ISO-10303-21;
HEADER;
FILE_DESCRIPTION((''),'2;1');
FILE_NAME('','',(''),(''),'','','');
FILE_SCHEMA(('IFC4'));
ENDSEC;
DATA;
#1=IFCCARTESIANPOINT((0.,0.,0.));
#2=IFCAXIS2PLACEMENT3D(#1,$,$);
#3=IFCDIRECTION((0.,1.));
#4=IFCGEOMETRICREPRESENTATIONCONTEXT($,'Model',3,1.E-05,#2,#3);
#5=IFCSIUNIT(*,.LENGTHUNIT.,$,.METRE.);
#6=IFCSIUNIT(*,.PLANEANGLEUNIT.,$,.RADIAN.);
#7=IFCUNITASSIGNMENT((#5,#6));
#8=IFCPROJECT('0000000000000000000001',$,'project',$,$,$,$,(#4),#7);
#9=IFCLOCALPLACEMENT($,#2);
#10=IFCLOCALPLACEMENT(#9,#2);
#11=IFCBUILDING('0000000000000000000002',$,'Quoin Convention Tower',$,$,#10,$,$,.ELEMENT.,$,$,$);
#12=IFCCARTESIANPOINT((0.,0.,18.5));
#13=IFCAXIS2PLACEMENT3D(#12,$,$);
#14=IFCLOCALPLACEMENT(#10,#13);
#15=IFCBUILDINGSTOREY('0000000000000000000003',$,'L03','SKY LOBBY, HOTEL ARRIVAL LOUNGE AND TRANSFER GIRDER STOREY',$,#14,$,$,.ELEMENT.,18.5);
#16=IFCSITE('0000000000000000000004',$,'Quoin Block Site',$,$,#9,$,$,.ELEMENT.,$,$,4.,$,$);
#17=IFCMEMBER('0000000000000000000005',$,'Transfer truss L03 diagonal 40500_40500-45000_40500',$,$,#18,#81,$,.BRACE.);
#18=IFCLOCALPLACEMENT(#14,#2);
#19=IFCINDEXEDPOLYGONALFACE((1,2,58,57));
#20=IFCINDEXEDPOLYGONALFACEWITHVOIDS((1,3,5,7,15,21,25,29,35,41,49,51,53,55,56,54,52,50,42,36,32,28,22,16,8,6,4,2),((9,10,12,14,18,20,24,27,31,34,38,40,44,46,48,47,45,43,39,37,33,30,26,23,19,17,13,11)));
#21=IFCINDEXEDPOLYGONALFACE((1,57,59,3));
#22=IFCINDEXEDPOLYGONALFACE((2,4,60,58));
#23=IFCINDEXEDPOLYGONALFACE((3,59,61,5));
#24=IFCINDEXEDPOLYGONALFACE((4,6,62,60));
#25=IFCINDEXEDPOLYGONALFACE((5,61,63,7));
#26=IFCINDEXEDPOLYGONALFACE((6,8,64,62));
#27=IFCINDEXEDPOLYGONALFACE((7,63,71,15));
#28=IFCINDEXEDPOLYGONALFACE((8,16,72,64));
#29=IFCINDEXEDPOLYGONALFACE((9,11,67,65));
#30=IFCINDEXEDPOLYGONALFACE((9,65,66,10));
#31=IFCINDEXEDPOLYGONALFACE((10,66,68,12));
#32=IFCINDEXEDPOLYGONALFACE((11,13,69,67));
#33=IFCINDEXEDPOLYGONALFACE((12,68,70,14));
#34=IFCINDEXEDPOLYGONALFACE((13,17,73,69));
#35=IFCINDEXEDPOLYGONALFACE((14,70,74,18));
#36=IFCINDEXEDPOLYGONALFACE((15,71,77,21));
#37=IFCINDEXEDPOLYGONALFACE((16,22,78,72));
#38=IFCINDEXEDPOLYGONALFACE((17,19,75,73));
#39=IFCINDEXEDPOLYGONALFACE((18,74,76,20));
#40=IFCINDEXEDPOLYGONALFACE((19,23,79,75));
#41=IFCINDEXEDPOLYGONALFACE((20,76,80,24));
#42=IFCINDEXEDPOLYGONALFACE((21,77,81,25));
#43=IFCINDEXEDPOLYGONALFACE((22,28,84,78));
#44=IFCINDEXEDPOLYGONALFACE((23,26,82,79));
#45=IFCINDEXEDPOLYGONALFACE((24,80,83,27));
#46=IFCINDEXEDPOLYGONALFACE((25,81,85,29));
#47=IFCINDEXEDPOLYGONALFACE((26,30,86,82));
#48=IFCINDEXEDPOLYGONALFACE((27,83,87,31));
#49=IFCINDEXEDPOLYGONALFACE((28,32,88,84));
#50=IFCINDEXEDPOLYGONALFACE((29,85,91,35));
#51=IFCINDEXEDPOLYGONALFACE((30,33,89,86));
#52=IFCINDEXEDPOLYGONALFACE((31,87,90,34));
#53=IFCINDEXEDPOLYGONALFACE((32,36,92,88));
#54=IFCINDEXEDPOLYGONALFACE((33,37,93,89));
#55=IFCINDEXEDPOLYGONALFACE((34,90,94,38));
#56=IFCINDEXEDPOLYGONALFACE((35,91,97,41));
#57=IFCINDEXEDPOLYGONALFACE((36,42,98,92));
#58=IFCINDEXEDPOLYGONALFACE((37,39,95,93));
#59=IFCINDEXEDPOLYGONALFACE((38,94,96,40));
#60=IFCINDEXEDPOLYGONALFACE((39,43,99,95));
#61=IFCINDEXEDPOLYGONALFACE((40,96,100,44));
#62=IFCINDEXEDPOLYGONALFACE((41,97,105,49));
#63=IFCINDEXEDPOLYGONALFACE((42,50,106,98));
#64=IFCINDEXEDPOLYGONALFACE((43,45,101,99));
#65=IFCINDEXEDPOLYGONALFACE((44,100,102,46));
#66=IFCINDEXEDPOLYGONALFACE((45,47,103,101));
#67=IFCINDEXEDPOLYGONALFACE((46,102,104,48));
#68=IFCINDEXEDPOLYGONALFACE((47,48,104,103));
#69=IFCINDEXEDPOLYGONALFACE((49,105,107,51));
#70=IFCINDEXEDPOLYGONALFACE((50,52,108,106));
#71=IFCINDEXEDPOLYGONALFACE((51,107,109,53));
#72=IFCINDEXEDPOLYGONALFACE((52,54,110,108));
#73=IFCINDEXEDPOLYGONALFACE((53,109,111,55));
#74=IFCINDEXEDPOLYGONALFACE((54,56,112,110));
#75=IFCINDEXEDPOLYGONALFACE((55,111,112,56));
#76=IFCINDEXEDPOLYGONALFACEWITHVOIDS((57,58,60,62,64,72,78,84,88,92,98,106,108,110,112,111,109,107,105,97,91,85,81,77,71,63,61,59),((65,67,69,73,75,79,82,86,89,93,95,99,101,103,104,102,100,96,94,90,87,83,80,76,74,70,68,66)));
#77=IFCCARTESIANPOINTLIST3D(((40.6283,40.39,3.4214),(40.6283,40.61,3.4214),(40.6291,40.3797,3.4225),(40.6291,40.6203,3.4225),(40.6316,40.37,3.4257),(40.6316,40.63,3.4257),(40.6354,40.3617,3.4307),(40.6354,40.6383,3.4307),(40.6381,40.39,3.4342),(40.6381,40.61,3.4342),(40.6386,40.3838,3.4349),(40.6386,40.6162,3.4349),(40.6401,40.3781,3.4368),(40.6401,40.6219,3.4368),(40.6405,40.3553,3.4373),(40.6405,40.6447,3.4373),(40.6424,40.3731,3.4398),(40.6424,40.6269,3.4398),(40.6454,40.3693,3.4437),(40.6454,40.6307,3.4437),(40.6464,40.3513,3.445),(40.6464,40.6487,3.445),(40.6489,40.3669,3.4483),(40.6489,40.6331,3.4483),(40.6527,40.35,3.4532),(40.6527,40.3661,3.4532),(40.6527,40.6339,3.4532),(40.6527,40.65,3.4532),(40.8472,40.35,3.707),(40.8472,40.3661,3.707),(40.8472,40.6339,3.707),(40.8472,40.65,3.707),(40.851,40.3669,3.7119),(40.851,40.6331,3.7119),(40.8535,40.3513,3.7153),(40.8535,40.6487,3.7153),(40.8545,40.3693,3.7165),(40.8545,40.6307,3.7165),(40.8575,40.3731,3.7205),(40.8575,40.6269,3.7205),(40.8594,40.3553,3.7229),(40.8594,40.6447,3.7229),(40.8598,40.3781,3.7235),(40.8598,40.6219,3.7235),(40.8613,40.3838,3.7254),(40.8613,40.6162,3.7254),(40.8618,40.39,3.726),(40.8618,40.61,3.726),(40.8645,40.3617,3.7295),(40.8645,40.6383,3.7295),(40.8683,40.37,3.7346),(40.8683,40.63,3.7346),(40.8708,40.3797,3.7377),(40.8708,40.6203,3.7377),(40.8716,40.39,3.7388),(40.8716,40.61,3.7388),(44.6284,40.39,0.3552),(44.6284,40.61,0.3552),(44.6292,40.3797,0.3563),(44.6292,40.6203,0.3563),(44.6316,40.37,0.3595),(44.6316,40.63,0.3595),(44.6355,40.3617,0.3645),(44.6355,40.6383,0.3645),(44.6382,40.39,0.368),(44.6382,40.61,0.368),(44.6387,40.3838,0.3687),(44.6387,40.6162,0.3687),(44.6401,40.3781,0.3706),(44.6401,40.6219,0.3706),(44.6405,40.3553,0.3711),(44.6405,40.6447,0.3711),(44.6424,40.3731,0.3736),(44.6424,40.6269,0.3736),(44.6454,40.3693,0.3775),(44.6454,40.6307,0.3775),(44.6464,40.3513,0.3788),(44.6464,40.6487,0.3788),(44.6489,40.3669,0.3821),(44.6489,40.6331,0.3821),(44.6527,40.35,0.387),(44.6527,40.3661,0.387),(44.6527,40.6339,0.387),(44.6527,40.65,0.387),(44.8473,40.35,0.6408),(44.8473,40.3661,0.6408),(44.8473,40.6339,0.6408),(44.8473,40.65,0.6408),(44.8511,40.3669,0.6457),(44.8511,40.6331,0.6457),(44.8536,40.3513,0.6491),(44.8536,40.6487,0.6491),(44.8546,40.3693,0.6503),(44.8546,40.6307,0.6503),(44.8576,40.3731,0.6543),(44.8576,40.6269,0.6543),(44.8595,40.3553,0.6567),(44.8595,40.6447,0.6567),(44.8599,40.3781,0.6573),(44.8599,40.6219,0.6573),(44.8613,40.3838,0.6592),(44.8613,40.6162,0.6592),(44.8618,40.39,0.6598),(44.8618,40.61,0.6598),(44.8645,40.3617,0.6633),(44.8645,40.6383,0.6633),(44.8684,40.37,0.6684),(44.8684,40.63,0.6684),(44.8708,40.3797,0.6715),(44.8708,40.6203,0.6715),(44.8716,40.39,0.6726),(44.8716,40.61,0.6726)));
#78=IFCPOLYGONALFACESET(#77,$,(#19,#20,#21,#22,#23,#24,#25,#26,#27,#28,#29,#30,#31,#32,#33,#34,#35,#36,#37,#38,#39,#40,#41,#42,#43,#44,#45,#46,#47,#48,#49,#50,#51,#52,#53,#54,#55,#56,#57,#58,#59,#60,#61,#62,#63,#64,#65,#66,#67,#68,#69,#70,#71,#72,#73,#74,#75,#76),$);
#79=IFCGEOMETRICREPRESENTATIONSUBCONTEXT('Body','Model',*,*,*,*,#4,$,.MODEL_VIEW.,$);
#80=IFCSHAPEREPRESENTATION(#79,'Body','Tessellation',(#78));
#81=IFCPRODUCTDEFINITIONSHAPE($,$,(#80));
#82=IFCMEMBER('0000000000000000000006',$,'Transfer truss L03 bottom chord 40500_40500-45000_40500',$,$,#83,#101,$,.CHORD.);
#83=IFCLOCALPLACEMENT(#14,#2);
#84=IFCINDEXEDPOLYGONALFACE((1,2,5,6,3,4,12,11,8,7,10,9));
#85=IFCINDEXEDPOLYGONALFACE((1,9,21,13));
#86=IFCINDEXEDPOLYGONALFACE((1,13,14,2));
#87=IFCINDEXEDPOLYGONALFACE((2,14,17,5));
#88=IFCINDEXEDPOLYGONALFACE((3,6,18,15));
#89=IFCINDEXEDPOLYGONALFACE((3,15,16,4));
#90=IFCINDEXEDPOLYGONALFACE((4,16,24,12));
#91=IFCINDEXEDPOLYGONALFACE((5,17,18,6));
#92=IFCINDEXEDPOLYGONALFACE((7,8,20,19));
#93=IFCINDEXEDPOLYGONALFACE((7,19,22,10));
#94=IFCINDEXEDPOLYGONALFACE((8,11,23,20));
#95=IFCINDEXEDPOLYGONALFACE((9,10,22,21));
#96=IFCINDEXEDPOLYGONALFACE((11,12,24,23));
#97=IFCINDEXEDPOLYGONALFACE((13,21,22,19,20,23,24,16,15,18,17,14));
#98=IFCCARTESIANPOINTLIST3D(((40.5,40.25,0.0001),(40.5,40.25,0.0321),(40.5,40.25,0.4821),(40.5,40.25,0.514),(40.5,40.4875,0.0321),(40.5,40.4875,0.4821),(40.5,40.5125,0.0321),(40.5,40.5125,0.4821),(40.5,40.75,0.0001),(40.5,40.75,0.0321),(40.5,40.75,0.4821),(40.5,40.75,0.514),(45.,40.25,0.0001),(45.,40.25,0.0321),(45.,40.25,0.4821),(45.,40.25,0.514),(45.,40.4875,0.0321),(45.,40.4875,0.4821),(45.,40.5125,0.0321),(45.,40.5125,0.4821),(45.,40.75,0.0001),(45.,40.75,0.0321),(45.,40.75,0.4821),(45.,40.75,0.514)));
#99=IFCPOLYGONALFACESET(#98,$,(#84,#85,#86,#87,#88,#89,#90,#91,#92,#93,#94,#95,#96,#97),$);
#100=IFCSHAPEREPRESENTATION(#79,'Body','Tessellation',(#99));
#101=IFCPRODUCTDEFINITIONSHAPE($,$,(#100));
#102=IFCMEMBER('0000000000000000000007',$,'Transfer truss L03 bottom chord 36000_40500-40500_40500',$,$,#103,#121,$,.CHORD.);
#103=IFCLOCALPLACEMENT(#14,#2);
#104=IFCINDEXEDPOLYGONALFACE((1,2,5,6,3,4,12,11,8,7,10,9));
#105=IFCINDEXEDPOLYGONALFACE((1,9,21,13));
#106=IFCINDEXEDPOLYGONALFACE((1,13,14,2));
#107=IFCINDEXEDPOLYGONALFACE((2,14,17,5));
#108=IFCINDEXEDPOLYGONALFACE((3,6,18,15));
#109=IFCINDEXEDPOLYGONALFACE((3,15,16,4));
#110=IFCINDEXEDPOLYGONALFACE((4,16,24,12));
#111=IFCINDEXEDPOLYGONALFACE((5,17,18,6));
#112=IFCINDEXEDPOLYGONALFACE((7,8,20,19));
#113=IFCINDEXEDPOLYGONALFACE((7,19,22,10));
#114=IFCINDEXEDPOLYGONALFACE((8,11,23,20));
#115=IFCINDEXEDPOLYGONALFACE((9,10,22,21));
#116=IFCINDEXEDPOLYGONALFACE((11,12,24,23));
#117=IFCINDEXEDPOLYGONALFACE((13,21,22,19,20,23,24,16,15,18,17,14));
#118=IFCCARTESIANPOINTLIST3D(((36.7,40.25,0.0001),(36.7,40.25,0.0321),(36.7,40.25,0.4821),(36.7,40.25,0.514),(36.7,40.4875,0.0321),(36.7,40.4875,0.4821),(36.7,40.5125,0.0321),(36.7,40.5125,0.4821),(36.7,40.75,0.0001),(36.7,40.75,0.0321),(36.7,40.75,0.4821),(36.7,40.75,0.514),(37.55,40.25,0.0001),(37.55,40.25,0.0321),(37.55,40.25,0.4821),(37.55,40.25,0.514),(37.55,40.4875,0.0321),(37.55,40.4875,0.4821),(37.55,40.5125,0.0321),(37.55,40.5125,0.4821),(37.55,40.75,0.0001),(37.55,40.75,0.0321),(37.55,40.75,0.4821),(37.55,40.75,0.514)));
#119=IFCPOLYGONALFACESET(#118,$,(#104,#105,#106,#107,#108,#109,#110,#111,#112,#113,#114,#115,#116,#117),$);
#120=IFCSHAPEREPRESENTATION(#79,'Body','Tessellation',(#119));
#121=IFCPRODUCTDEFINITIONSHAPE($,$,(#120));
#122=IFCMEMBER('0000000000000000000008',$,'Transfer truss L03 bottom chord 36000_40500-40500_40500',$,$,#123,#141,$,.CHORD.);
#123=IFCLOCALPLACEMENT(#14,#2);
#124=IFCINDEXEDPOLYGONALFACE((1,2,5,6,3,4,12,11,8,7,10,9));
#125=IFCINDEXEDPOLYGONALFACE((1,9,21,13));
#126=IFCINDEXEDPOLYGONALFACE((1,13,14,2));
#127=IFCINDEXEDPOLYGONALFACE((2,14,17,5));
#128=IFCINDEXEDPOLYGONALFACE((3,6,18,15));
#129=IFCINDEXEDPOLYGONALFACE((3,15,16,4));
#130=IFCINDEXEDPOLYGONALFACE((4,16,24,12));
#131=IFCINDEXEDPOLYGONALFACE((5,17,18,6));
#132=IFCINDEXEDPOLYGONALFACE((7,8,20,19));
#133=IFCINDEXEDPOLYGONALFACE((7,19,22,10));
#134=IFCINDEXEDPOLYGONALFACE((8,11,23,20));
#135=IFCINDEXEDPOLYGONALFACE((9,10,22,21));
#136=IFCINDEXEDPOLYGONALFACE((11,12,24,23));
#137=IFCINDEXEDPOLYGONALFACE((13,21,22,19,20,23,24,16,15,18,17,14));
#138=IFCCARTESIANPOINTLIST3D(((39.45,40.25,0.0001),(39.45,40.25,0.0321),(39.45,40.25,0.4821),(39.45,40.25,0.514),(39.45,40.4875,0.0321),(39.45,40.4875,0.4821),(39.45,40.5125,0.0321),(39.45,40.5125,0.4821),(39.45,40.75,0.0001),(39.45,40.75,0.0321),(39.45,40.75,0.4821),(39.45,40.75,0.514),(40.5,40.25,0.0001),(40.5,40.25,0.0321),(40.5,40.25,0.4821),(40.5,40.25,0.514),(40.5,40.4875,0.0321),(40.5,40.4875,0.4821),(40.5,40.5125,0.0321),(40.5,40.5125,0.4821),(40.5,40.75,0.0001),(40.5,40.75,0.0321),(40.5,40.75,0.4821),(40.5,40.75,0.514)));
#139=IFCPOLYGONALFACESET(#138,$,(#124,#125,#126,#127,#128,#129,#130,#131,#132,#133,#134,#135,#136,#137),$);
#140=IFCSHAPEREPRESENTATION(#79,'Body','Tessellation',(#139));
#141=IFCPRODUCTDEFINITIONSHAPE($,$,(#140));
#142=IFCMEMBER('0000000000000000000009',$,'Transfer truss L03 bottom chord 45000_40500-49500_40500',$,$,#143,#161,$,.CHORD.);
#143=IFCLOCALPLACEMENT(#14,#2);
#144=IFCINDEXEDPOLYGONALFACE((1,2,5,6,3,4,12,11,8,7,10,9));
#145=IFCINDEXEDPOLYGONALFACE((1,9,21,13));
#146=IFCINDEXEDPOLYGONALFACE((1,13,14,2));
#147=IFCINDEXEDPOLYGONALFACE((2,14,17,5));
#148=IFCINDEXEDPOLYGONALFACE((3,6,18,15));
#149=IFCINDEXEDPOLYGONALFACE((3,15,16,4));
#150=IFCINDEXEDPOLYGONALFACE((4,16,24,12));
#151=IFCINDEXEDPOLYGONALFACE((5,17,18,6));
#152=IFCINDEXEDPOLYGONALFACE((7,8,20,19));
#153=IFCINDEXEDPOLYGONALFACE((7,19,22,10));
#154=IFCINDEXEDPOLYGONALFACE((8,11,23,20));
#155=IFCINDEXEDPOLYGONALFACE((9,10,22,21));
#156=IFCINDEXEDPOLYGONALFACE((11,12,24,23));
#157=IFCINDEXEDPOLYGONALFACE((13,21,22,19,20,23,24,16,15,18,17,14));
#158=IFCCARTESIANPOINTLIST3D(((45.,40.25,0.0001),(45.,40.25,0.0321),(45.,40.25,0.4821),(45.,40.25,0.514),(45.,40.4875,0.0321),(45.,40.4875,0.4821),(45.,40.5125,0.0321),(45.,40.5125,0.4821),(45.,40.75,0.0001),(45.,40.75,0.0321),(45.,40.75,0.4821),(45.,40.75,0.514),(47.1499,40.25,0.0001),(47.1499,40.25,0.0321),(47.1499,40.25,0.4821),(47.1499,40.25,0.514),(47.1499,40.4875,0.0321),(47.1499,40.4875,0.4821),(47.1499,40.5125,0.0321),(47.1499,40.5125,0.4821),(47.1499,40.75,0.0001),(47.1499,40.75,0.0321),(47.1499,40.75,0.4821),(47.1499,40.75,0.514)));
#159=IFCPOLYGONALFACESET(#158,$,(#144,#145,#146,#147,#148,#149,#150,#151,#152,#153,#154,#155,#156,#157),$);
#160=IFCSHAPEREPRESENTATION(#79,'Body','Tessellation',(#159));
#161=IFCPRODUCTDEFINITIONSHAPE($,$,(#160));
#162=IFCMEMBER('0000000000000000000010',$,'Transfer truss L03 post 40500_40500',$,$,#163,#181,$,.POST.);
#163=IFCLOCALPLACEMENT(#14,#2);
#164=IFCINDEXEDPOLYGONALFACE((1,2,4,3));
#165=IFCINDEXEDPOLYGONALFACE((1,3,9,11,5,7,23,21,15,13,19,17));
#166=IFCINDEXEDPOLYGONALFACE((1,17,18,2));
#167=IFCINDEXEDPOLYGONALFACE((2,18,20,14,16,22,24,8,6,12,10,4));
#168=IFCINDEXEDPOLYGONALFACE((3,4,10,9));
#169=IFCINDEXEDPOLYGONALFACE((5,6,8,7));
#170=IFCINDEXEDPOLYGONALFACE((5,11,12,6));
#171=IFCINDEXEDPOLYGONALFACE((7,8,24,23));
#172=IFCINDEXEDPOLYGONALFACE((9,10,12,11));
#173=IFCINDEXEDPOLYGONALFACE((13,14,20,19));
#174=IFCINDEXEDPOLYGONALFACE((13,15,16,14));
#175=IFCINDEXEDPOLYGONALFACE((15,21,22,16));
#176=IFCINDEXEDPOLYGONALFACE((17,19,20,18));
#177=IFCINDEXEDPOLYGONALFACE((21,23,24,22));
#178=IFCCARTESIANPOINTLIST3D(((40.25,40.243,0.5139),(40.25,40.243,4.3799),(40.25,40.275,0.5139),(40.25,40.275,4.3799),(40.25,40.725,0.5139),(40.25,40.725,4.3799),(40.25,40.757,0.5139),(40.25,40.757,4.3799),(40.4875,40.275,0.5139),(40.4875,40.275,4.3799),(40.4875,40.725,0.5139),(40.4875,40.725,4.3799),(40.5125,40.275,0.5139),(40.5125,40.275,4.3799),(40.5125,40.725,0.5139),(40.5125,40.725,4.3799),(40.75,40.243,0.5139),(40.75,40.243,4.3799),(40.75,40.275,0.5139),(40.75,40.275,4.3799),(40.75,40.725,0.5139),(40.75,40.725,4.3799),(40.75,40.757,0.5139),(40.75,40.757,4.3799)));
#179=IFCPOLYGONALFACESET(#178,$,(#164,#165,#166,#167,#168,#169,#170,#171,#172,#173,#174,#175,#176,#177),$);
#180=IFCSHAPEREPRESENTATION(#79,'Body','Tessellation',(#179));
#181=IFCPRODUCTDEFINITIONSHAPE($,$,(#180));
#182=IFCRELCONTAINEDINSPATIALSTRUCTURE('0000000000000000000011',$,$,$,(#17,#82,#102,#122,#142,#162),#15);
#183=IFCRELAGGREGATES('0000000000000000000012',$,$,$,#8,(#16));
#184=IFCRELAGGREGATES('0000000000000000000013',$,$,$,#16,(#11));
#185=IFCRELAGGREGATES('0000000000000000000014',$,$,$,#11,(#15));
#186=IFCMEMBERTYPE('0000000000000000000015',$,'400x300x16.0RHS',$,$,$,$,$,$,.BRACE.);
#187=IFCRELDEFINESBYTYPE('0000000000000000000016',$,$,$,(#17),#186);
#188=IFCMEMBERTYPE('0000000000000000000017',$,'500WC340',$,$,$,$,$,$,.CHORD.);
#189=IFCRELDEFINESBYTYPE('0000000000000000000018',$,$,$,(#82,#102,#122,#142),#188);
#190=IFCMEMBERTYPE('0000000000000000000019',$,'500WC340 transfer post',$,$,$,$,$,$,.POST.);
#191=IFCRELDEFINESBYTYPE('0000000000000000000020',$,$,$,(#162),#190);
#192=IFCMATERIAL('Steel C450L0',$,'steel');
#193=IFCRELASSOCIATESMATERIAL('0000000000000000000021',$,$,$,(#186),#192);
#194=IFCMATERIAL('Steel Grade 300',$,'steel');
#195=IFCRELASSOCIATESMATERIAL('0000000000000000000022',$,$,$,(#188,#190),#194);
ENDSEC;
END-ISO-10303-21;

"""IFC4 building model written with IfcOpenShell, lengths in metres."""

from ifc_helpers import new_model, si_unit, direction, frame, origin, origin_2d, place, context, subcontext, project, spatial, hollow_rectangle, i_section, extrude, material, material_profile, profile_set, type_object, element, save


model = new_model("IFC4")

# Units and contexts
model_context = context("Model", 3, precision=1e-05, world=origin(), true_north=direction((0.0, 1.0)))
body_context = subcontext(model_context, "Body", "Model", "MODEL_VIEW")
ifc_project = project(units=[si_unit("LENGTHUNIT", "METRE"), si_unit("PLANEANGLEUNIT", "RADIAN")], contexts=[model_context])

# Site, building, storey
site_placement = place(None, origin())
site = spatial("IfcSite", under=ifc_project, at=site_placement, Name="Quoin Block Site", CompositionType="ELEMENT", RefElevation=4.0)
building_placement = place(site_placement, origin())
building = spatial("IfcBuilding", under=site, at=building_placement, Name="Quoin Convention Tower", CompositionType="ELEMENT")
storey_placement = place(building_placement, frame((0.0, 0.0, 18.5)))
storey = spatial("IfcBuildingStorey", under=building, at=storey_placement, Name="L03", Description="SKY LOBBY, HOTEL ARRIVAL LOUNGE AND TRANSFER GIRDER STOREY", CompositionType="ELEMENT", Elevation=18.5)

# Members
ifc_material_1 = material(Name="Steel C450L0", Category="steel")
ifc_material_profile_1 = material_profile(ifc_material_1, hollow_rectangle(XDim=0.3, YDim=0.3999, WallThickness=0.0161, InnerFilletRadius=0.0239, OuterFilletRadius=0.04, at=origin_2d()), Name="400x300x16.0RHS")
ifc_profile_set_1 = profile_set([ifc_material_profile_1], Name="Steel C450L0")
member_type_1 = type_object("IfcMemberType", Name="400x300x16.0RHS", PredefinedType="BRACE", material=ifc_profile_set_1)
member_1_placement = place(storey_placement, frame((44.75, 40.5, 0.5139), z_axis=(-0.793655, 0.0, 0.608368), x_axis=(0.0, -1.0, 0.0)))
element("IfcMember", 1, at=member_1_placement, inside=storey, type_object=member_type_1, Name="Transfer truss L03 diagonal 40500_40500-45000_40500", PredefinedType="BRACE", context=body_context, shape_type="SweptSolid", body=[
    extrude(hollow_rectangle(XDim=0.3, YDim=0.3999, WallThickness=0.0161, InnerFilletRadius=0.0239, OuterFilletRadius=0.04, at=origin_2d()), origin(), (0.0, 0.0, 1.0), 5.04),
])
ifc_material_2 = material(Name="Steel Grade 300", Category="steel")
ifc_material_profile_2 = material_profile(ifc_material_2, i_section(OverallWidth=0.5, OverallDepth=0.5139, WebThickness=0.0249, FlangeThickness=0.032, at=origin_2d()), Name="500WC340")
ifc_profile_set_2 = profile_set([ifc_material_profile_2], Name="Steel Grade 300")
member_type_2 = type_object("IfcMemberType", Name="500WC340", PredefinedType="CHORD", material=ifc_profile_set_2)
member_2_placement = place(storey_placement, frame((40.5, 40.5, 0.2571), z_axis=(1.0, 0.0, 0.0), x_axis=(0.0, 1.0, 0.0)))
element("IfcMember", 2, at=member_2_placement, inside=storey, type_object=member_type_2, Name="Transfer truss L03 bottom chord 40500_40500-45000_40500", PredefinedType="CHORD", context=body_context, shape_type="SweptSolid", body=[
    extrude(i_section(OverallWidth=0.5, OverallDepth=0.5139, WebThickness=0.0249, FlangeThickness=0.032, at=origin_2d()), origin(), (0.0, 0.0, 1.0), 4.5),
])
member_3_placement = place(storey_placement, frame((36.7, 40.5, 0.2571), z_axis=(1.0, 0.0, 0.0), x_axis=(0.0, 1.0, 0.0)))
element("IfcMember", 3, at=member_3_placement, inside=storey, type_object=member_type_2, Name="Transfer truss L03 bottom chord 36000_40500-40500_40500", PredefinedType="CHORD", context=body_context, shape_type="SweptSolid", body=[
    extrude(i_section(OverallWidth=0.5, OverallDepth=0.5139, WebThickness=0.0249, FlangeThickness=0.032, at=origin_2d()), origin(), (0.0, 0.0, 1.0), 0.8501),
])
member_4_placement = place(storey_placement, frame((39.45, 40.5, 0.2571), z_axis=(1.0, 0.0, 0.0), x_axis=(0.0, 1.0, 0.0)))
element("IfcMember", 4, at=member_4_placement, inside=storey, type_object=member_type_2, Name="Transfer truss L03 bottom chord 36000_40500-40500_40500", PredefinedType="CHORD", context=body_context, shape_type="SweptSolid", body=[
    extrude(i_section(OverallWidth=0.5, OverallDepth=0.5139, WebThickness=0.0249, FlangeThickness=0.032, at=origin_2d()), origin(), (0.0, 0.0, 1.0), 1.05),
])
member_5_placement = place(storey_placement, frame((45.0, 40.5, 0.2571), z_axis=(1.0, 0.0, 0.0), x_axis=(0.0, 1.0, 0.0)))
element("IfcMember", 5, at=member_5_placement, inside=storey, type_object=member_type_2, Name="Transfer truss L03 bottom chord 45000_40500-49500_40500", PredefinedType="CHORD", context=body_context, shape_type="SweptSolid", body=[
    extrude(i_section(OverallWidth=0.5, OverallDepth=0.5139, WebThickness=0.0249, FlangeThickness=0.032, at=origin_2d()), origin(), (0.0, 0.0, 1.0), 2.1499),
])
ifc_material_profile_3 = material_profile(ifc_material_2, i_section(OverallWidth=0.5, OverallDepth=0.5139, WebThickness=0.0249, FlangeThickness=0.032, at=origin_2d()), Name="500WC340")
ifc_profile_set_3 = profile_set([ifc_material_profile_3], Name="Steel Grade 300")
member_type_3 = type_object("IfcMemberType", Name="500WC340 transfer post", PredefinedType="POST", material=ifc_profile_set_3)
for number, where, z_axis, x_axis, name in (
    (6, (40.5, 40.5, 0.5139), (0.0, 0.0, 1.0), (1.0, 0.0, 0.0), "Transfer truss L03 post 40500_40500"),
):
    element("IfcMember", number, at=place(storey_placement, frame(where, z_axis=z_axis, x_axis=x_axis)), inside=storey, type_object=member_type_3, Name=name, PredefinedType="POST", context=body_context, shape_type="SweptSolid", body=[
        extrude(i_section(OverallWidth=0.5, OverallDepth=0.5139, WebThickness=0.0249, FlangeThickness=0.032, at=origin_2d()), origin(), (0.0, 0.0, 1.0), 3.866),
    ])

save(model, "model.ifc")
